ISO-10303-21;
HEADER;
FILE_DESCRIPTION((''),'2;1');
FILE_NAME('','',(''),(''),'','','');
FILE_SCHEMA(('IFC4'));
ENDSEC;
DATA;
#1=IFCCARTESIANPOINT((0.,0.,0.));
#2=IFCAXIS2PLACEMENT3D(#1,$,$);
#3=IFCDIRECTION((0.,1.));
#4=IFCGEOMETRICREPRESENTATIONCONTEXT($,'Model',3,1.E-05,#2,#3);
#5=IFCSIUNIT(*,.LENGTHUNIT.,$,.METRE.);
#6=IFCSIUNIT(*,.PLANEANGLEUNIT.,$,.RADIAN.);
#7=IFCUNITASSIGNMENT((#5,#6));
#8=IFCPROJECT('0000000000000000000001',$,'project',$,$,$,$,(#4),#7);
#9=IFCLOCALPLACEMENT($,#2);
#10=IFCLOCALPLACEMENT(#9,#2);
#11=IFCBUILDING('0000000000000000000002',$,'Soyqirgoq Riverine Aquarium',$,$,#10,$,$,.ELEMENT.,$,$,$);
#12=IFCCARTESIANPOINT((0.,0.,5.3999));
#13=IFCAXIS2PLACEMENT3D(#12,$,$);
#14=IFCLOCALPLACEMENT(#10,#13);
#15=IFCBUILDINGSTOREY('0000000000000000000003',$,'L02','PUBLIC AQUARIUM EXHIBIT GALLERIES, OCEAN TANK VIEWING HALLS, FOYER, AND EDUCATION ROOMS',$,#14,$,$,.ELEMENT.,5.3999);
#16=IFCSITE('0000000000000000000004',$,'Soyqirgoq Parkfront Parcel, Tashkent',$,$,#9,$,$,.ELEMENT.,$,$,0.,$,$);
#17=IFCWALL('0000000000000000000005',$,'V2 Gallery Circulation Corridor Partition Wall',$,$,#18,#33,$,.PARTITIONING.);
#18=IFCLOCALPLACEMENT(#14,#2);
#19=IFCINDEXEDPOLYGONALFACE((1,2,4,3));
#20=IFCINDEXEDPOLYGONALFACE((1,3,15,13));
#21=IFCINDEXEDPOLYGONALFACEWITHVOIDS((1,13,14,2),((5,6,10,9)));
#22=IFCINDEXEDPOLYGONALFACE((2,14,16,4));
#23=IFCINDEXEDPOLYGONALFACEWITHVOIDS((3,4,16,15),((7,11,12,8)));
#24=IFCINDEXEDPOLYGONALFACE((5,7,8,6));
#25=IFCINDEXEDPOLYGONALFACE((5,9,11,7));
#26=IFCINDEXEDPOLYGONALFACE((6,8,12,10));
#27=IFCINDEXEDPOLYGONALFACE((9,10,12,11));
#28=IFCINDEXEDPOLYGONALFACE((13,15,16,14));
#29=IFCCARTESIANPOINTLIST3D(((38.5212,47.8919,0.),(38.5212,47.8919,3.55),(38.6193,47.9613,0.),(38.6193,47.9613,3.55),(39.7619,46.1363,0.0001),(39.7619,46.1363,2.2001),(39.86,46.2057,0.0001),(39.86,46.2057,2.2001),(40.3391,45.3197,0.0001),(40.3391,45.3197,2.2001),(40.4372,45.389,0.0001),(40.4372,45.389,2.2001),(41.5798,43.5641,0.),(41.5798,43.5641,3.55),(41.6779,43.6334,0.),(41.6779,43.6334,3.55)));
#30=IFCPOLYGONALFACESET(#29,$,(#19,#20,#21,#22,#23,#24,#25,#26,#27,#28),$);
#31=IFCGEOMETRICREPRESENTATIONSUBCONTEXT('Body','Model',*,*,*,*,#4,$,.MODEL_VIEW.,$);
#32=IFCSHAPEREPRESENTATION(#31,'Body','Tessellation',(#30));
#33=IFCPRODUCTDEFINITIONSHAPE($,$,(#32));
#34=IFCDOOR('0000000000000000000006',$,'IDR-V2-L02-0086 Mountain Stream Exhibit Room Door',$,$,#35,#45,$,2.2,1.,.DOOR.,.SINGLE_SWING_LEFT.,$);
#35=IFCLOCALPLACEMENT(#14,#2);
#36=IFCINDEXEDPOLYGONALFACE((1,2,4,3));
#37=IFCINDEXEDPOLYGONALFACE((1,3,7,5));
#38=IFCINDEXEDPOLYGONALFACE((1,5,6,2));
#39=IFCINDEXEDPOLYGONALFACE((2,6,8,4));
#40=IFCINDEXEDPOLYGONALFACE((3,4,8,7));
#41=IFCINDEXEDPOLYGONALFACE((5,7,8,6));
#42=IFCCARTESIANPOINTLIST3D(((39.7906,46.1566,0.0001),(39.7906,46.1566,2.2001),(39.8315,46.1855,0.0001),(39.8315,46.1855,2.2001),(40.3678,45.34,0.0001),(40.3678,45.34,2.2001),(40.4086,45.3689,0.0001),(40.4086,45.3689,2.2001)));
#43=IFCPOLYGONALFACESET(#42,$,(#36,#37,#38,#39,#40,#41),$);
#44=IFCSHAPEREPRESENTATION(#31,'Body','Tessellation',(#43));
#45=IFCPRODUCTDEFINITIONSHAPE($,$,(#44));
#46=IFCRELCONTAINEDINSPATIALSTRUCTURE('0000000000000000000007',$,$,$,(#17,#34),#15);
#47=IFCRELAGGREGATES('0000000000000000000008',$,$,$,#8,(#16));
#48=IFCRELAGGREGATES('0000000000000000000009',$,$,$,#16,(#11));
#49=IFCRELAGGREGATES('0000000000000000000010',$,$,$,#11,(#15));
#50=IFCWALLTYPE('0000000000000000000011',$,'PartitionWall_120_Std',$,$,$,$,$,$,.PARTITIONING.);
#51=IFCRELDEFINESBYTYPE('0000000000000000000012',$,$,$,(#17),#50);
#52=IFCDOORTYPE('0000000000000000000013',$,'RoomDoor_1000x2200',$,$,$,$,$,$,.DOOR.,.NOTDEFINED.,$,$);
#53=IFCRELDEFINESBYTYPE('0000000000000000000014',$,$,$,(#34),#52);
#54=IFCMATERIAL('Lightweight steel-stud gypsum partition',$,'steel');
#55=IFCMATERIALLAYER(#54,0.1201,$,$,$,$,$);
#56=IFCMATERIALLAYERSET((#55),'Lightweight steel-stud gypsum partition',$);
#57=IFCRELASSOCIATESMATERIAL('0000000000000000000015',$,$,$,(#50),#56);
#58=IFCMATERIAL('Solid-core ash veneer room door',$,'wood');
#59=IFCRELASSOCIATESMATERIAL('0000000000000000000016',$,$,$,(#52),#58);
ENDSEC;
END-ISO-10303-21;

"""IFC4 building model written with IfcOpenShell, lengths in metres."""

from ifc_helpers import new_model, si_unit, direction, frame, frame_2d, origin, place, context, subcontext, project, spatial, rectangle, extrude, material, layer, layer_set, type_object, element, fill, save


model = new_model("IFC4")

# Units and contexts
model_context = context("Model", 3, precision=1e-05, world=origin(), true_north=direction((0.0, 1.0)))
body_context = subcontext(model_context, "Body", "Model", "MODEL_VIEW")
ifc_project = project(units=[si_unit("LENGTHUNIT", "METRE"), si_unit("PLANEANGLEUNIT", "RADIAN")], contexts=[model_context])

# Site, building, storey
site_placement = place(None, origin())
site = spatial("IfcSite", under=ifc_project, at=site_placement, Name="Soyqirgoq Parkfront Parcel, Tashkent", CompositionType="ELEMENT", RefElevation=0.0)
building_placement = place(site_placement, origin())
building = spatial("IfcBuilding", under=site, at=building_placement, Name="Soyqirgoq Riverine Aquarium", CompositionType="ELEMENT")
storey_placement = place(building_placement, frame((0.0, 0.0, 5.3999)))
storey = spatial("IfcBuildingStorey", under=building, at=storey_placement, Name="L02", Description="PUBLIC AQUARIUM EXHIBIT GALLERIES, OCEAN TANK VIEWING HALLS, FOYER, AND EDUCATION ROOMS", CompositionType="ELEMENT", Elevation=5.3999)

# Wall, opening, door
ifc_material_1 = material(Name="Lightweight steel-stud gypsum partition", Category="steel")
ifc_layer_1 = layer(ifc_material_1, 0.1201)
ifc_layer_set_1 = layer_set([ifc_layer_1], Name="Lightweight steel-stud gypsum partition")
wall_type = type_object("IfcWallType", Name="PartitionWall_120_Std", PredefinedType="PARTITIONING", material=ifc_layer_set_1)
wall_placement = place(storey_placement, frame((41.6289, 43.5986, 0.0), z_axis=(0.0, 0.0, 1.0), x_axis=(-0.577139, 0.816646, 0.0)))
wall = element("IfcWall", 1, at=wall_placement, inside=storey, type_object=wall_type, Name="V2 Gallery Circulation Corridor Partition Wall", PredefinedType="PARTITIONING", context=body_context, shape_type="SweptSolid", body=[
    extrude(rectangle(XDim=5.2996, YDim=0.1201, at=frame_2d((2.6499, 0.0))), origin(), (0.0, 0.0, 1.0), 3.55),
])
opening_placement = place(wall_placement, frame((2.1499, 0.0, 0.0)))
opening = element("IfcOpeningElement", 2, at=opening_placement, cuts=wall, PredefinedType="OPENING", context=body_context, shape_type="SweptSolid", body=[
    extrude(rectangle(XDim=1.0, YDim=2.2, at=frame_2d((0.5, 1.1001))), frame((0.0, 0.0701, 0.0), z_axis=(0.0, -1.0, 0.0), x_axis=(1.0, 0.0, 0.0)), (0.0, 0.0, 1.0), 0.1401),
])
ifc_material_2 = material(Name="Solid-core ash veneer room door", Category="wood")
door_type = type_object("IfcDoorType", Name="RoomDoor_1000x2200", OperationType="NOTDEFINED", PredefinedType="DOOR", material=ifc_material_2)
door_placement = place(opening_placement, origin())
door = element("IfcDoor", 3, at=door_placement, inside=storey, type_object=door_type, Name="IDR-V2-L02-0086 Mountain Stream Exhibit Room Door", OperationType="SINGLE_SWING_LEFT", OverallHeight=2.2, OverallWidth=1.0, PredefinedType="DOOR", context=body_context, shape_type="SweptSolid", body=[
    extrude(rectangle(XDim=1.0, YDim=2.2, at=frame_2d((0.5, 1.1001))), frame((0.0, 0.0249, 0.0), z_axis=(0.0, -1.0, 0.0), x_axis=(1.0, 0.0, 0.0)), (0.0, 0.0, 1.0), 0.05),
])
fill(opening, door)

save(model, "model.ifc")
